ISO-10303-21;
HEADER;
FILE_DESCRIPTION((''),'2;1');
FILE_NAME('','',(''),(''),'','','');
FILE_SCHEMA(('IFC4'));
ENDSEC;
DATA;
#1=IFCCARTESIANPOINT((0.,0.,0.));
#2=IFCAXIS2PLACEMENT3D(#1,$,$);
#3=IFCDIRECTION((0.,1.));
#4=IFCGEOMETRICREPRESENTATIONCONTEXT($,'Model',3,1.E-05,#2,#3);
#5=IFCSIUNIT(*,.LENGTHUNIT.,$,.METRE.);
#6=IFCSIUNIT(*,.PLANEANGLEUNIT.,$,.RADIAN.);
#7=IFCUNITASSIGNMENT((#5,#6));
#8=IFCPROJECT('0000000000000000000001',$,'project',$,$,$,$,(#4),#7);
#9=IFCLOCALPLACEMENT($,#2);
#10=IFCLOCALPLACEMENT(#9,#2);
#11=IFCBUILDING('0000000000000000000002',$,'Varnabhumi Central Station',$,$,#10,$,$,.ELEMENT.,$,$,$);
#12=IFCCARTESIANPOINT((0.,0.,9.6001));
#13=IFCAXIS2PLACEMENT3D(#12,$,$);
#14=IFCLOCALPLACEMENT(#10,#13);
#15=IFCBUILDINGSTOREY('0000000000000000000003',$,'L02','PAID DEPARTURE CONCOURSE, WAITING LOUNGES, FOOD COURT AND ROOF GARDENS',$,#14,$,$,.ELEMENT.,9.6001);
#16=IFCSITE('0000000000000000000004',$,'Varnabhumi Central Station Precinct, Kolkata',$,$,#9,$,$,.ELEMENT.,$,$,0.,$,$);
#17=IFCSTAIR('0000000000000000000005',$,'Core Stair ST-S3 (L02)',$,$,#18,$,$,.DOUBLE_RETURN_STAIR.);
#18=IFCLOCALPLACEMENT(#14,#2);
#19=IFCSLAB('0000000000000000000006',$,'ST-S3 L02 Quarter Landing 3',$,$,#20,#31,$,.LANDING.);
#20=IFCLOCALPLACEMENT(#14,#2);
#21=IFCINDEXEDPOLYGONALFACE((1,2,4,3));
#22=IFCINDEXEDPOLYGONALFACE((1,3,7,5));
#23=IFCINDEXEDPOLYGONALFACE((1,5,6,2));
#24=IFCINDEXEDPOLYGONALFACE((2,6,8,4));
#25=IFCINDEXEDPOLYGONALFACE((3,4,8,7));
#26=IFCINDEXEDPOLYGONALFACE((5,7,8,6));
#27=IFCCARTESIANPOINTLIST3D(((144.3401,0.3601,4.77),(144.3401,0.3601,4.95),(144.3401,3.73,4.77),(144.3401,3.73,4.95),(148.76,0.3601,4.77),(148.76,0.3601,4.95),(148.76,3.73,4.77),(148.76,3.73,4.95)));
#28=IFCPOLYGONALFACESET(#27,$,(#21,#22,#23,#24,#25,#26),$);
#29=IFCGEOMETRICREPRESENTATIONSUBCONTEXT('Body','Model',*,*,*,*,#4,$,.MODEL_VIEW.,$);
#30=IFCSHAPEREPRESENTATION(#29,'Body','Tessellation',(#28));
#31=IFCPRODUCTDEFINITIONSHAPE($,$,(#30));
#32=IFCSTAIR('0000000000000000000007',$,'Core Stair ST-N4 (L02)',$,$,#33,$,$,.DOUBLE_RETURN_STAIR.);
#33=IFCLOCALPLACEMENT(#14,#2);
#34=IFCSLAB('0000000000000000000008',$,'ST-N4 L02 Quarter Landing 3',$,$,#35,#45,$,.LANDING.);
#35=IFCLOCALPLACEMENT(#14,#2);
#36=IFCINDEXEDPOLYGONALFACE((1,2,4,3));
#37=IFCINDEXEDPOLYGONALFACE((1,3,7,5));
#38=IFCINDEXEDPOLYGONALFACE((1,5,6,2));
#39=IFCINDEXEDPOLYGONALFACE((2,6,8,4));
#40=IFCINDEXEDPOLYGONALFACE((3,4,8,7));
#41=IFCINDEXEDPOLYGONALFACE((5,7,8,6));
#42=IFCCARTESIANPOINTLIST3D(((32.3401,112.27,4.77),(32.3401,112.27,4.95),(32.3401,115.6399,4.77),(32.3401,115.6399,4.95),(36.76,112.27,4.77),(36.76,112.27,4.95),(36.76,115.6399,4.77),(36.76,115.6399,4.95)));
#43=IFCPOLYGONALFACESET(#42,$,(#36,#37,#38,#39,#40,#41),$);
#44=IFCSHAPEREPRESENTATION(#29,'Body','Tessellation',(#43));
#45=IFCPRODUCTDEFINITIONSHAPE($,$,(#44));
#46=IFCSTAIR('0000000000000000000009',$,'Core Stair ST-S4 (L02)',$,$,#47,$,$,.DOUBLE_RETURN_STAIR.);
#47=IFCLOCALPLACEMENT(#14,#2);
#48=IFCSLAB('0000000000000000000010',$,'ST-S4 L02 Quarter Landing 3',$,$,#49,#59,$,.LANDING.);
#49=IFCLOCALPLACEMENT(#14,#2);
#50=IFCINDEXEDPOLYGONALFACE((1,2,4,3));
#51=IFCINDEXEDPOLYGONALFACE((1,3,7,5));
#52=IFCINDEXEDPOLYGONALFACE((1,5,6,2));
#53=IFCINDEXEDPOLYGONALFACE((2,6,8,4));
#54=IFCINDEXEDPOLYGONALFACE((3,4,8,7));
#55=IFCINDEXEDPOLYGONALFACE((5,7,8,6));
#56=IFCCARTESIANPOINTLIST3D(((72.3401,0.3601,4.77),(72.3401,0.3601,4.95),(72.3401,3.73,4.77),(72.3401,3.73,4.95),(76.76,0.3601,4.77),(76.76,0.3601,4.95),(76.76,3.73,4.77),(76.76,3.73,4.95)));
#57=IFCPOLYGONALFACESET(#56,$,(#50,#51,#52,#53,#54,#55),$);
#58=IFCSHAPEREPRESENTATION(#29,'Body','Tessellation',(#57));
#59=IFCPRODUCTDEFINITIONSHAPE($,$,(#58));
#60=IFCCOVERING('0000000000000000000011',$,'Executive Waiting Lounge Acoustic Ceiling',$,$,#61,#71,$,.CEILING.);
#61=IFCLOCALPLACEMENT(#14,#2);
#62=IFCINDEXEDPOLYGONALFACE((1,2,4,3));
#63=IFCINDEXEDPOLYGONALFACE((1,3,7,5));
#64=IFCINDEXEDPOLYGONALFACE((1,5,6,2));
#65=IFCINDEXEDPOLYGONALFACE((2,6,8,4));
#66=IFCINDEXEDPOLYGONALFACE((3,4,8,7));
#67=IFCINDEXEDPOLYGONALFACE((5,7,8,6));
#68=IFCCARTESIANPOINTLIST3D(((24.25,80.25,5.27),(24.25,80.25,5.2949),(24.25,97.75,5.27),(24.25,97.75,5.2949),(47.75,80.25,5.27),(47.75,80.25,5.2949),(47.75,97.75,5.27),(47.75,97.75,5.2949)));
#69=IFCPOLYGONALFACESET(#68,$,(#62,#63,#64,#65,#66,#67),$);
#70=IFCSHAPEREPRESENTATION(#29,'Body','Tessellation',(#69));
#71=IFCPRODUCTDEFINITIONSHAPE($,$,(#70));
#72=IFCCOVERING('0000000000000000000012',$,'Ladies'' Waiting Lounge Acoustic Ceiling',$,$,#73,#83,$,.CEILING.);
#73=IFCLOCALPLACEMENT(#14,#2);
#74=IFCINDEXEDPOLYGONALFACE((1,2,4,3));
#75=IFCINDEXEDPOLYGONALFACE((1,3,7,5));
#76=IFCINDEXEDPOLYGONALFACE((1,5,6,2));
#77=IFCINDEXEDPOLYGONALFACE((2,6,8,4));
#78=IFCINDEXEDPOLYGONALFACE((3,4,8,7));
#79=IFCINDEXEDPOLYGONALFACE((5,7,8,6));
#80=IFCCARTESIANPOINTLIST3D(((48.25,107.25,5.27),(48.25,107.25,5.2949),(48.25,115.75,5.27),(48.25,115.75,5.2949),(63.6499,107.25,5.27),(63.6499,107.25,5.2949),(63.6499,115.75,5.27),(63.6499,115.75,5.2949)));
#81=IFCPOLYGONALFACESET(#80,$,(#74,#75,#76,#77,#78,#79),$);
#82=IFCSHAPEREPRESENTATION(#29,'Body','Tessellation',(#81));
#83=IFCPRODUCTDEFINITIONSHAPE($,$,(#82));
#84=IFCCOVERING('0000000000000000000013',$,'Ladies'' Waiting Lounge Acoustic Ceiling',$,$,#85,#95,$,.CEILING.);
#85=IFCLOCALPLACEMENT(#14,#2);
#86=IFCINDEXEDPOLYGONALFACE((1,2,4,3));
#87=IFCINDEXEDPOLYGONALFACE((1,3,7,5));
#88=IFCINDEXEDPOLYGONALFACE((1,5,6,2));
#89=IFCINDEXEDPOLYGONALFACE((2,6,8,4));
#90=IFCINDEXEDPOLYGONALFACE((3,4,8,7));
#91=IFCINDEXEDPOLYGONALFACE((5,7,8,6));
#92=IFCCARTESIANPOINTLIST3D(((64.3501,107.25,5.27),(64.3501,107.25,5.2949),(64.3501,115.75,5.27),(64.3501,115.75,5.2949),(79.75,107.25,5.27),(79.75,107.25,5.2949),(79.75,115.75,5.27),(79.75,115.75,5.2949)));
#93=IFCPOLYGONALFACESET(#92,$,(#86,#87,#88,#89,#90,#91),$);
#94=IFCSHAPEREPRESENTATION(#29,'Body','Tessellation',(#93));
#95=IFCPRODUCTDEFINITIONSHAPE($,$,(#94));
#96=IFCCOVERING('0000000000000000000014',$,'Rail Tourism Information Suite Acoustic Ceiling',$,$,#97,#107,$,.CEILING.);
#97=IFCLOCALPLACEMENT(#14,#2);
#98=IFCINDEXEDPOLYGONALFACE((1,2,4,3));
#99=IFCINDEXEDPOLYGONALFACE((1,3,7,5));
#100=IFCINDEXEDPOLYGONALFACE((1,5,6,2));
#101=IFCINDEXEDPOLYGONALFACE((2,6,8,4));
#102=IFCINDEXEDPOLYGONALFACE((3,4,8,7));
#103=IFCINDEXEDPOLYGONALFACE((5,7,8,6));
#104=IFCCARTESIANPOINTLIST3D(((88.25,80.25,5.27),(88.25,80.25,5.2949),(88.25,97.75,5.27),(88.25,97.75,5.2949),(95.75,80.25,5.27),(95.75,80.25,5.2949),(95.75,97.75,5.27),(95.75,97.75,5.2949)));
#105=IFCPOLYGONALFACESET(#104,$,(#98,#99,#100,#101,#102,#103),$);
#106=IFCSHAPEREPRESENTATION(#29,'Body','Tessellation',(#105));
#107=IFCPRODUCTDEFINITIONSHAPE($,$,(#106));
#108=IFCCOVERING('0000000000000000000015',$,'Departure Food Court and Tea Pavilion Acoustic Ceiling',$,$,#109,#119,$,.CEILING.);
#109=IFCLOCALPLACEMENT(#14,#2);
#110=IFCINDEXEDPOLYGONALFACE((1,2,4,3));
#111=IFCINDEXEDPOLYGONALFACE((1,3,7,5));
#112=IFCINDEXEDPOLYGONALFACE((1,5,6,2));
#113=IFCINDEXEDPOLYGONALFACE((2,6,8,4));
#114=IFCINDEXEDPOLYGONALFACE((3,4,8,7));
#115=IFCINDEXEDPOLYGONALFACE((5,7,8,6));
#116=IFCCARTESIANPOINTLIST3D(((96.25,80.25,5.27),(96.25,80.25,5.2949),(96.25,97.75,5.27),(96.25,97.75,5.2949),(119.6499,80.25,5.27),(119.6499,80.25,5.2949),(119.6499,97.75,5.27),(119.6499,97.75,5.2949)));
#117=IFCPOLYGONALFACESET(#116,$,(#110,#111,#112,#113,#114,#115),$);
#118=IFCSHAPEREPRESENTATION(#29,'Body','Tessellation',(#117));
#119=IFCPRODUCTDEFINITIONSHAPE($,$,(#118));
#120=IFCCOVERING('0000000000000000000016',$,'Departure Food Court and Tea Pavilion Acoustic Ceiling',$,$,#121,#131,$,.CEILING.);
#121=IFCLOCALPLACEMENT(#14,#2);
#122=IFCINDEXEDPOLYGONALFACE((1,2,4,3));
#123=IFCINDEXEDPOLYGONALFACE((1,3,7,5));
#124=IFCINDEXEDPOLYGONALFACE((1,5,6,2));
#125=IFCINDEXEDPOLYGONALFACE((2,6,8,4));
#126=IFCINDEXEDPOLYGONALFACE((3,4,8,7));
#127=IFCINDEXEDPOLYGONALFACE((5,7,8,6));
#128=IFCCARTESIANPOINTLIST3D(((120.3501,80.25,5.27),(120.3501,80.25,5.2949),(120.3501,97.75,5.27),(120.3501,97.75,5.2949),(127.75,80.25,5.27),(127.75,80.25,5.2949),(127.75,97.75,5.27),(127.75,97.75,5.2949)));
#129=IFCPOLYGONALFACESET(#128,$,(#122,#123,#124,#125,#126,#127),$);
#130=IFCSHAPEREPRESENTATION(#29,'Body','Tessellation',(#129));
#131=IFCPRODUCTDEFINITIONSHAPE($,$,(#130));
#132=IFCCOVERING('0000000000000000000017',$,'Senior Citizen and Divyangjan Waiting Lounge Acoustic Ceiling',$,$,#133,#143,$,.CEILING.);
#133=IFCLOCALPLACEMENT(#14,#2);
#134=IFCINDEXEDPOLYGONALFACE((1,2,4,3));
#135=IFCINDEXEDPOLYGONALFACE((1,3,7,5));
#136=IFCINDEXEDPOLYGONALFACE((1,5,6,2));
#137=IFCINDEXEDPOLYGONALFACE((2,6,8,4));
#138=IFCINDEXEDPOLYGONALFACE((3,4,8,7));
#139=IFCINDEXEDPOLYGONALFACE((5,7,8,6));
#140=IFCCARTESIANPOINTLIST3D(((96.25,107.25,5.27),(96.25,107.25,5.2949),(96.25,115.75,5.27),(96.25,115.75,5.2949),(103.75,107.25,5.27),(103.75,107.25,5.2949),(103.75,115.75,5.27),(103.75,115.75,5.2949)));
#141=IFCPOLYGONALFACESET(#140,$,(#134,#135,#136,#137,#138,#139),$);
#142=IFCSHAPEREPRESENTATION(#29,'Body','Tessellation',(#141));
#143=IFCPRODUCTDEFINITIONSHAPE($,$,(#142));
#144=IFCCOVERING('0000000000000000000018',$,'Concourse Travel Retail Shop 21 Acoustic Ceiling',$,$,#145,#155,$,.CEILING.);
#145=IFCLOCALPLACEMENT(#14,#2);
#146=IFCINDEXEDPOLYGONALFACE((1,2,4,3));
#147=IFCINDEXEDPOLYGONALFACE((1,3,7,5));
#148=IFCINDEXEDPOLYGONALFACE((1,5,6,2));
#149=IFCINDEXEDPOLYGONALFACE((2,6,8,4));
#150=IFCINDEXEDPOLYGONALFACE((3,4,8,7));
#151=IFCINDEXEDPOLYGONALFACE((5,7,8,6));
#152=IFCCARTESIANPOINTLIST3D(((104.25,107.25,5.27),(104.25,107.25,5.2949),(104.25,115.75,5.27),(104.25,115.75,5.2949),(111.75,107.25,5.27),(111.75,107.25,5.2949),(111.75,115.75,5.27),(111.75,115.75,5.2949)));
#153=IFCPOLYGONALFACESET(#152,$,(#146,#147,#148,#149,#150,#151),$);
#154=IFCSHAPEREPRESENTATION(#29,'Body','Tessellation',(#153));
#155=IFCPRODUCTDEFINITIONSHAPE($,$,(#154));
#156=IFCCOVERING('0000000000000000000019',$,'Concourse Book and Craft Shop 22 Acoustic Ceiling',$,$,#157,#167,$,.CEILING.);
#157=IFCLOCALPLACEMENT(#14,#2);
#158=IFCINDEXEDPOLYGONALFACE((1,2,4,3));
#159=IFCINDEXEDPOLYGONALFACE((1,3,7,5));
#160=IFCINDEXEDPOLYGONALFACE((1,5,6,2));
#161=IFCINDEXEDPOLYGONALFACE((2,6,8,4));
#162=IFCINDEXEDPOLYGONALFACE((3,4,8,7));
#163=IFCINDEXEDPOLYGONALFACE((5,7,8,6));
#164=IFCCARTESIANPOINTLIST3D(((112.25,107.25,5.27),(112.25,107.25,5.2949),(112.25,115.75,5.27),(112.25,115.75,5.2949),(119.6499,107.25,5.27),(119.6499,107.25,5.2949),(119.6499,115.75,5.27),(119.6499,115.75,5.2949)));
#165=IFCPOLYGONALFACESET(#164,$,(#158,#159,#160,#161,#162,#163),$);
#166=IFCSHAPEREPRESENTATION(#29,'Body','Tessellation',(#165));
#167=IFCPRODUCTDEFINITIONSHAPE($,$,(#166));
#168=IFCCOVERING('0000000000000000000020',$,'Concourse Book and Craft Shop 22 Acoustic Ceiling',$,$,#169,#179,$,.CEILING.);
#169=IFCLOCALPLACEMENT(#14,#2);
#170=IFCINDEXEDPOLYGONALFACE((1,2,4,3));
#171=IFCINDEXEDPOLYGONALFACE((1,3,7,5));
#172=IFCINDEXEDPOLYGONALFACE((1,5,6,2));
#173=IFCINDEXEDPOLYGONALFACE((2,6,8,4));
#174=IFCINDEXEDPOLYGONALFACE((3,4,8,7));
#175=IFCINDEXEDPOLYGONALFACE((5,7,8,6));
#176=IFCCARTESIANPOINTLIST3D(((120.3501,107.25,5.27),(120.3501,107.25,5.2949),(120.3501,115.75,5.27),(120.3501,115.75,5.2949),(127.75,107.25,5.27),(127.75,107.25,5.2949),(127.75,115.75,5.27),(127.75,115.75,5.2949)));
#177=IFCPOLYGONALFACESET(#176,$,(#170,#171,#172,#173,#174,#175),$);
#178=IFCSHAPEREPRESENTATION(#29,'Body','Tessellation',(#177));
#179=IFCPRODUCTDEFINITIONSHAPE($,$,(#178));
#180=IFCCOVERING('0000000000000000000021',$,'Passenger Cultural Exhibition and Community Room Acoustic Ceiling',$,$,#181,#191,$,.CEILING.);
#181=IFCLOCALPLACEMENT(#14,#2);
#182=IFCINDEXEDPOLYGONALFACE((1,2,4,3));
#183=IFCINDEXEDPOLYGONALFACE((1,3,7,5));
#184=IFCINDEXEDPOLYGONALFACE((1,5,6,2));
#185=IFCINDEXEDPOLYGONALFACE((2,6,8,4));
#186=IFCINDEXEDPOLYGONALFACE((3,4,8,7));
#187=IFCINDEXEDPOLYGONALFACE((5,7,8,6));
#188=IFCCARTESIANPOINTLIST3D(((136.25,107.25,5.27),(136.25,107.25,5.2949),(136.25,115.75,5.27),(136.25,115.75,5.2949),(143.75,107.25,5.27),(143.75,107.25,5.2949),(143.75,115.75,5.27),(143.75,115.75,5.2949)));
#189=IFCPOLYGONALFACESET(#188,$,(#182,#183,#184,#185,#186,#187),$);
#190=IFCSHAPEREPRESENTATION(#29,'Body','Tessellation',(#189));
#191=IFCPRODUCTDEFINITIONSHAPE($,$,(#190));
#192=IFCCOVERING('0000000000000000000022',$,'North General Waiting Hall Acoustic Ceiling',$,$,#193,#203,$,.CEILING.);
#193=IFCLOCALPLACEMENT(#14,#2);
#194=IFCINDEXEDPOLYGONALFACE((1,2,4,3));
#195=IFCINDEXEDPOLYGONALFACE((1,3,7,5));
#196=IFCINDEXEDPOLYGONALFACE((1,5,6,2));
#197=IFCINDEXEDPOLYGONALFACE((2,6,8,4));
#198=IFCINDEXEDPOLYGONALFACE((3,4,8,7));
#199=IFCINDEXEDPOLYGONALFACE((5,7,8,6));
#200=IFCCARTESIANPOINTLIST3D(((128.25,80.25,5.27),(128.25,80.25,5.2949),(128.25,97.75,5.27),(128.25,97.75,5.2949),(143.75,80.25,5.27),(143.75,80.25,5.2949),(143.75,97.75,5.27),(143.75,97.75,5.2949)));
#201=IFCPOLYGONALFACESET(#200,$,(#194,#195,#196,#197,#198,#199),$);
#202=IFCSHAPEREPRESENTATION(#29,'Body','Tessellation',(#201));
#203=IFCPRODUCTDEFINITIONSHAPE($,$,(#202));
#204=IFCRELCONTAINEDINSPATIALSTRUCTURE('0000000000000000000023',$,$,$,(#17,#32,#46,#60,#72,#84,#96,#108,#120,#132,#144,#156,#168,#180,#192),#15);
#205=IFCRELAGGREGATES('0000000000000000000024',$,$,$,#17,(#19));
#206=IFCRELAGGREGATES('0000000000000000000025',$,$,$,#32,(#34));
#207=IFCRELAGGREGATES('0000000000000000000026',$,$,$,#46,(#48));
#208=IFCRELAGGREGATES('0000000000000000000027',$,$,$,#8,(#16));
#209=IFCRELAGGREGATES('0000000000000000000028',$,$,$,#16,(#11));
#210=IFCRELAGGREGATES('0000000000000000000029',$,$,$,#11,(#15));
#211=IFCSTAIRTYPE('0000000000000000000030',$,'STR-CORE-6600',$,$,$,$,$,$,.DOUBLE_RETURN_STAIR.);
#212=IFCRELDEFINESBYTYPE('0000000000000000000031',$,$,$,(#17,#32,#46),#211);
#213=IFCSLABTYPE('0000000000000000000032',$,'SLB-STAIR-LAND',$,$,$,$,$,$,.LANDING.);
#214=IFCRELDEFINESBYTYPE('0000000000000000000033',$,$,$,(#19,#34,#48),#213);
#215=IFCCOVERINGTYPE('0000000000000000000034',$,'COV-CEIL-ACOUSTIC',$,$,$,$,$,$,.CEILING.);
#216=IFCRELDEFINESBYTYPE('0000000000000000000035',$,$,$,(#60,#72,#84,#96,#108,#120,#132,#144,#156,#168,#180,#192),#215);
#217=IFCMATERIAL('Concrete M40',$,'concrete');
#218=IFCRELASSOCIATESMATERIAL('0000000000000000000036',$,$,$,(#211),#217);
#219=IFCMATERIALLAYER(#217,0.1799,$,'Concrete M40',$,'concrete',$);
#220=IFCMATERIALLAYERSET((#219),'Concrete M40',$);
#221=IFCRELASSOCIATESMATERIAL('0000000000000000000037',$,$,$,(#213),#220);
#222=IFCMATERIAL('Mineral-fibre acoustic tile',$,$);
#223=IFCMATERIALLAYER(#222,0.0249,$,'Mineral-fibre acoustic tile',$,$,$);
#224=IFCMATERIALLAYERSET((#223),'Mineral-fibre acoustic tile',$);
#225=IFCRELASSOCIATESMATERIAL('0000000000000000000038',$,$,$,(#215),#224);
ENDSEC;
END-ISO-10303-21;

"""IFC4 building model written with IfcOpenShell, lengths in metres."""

from ifc_helpers import new_model, si_unit, direction, frame, origin, place, context, subcontext, project, spatial, polyline, outline, extrude, material, layer, layer_set, type_object, element, aggregate, save


model = new_model("IFC4")

# Units and contexts
model_context = context("Model", 3, precision=1e-05, world=origin(), true_north=direction((0.0, 1.0)))
body_context = subcontext(model_context, "Body", "Model", "MODEL_VIEW")
ifc_project = project(units=[si_unit("LENGTHUNIT", "METRE"), si_unit("PLANEANGLEUNIT", "RADIAN")], contexts=[model_context])

# Site, building, storey
site_placement = place(None, origin())
site = spatial("IfcSite", under=ifc_project, at=site_placement, Name="Varnabhumi Central Station Precinct, Kolkata", CompositionType="ELEMENT", RefElevation=0.0)
building_placement = place(site_placement, origin())
building = spatial("IfcBuilding", under=site, at=building_placement, Name="Varnabhumi Central Station", CompositionType="ELEMENT")
storey_placement = place(building_placement, frame((0.0, 0.0, 9.6001)))
storey = spatial("IfcBuildingStorey", under=building, at=storey_placement, Name="L02", Description="PAID DEPARTURE CONCOURSE, WAITING LOUNGES, FOOD COURT AND ROOF GARDENS", CompositionType="ELEMENT", Elevation=9.6001)

# Stairs, slabs
ifc_material_1 = material(Name="Concrete M40", Category="concrete")
stair_type = type_object("IfcStairType", Name="STR-CORE-6600", PredefinedType="DOUBLE_RETURN_STAIR", material=ifc_material_1)
stair_1_placement = place(storey_placement, origin())
stair_1 = element("IfcStair", 1, at=stair_1_placement, inside=storey, type_object=stair_type, Name="Core Stair ST-S3 (L02)", PredefinedType="DOUBLE_RETURN_STAIR")
ifc_layer_1 = layer(ifc_material_1, 0.1799, Name="Concrete M40", Category="concrete")
ifc_layer_set_1 = layer_set([ifc_layer_1], Name="Concrete M40")
slab_type = type_object("IfcSlabType", Name="SLB-STAIR-LAND", PredefinedType="LANDING", material=ifc_layer_set_1)
slab_1_placement = place(storey_placement, frame((0.0, 0.0, 4.77)))
slab_1 = element("IfcSlab", 2, at=slab_1_placement, type_object=slab_type, Name="ST-S3 L02 Quarter Landing 3", PredefinedType="LANDING", context=body_context, shape_type="SweptSolid", body=[
    extrude(outline(polyline([(144.3401, 0.3601), (148.76, 0.3601), (148.76, 3.73), (144.3401, 3.73), (144.3401, 0.3601)])), origin(), (0.0, 0.0, 1.0), 0.1799),
])
aggregate(stair_1, [slab_1])
stair_2_placement = place(storey_placement, origin())
stair_2 = element("IfcStair", 3, at=stair_2_placement, inside=storey, type_object=stair_type, Name="Core Stair ST-N4 (L02)", PredefinedType="DOUBLE_RETURN_STAIR")
slab_2_placement = place(storey_placement, frame((0.0, 0.0, 4.77)))
slab_2 = element("IfcSlab", 4, at=slab_2_placement, type_object=slab_type, Name="ST-N4 L02 Quarter Landing 3", PredefinedType="LANDING", context=body_context, shape_type="SweptSolid", body=[
    extrude(outline(polyline([(32.3401, 112.27), (36.76, 112.27), (36.76, 115.6399), (32.3401, 115.6399), (32.3401, 112.27)])), origin(), (0.0, 0.0, 1.0), 0.1799),
])
aggregate(stair_2, [slab_2])
stair_3_placement = place(storey_placement, origin())
stair_3 = element("IfcStair", 5, at=stair_3_placement, inside=storey, type_object=stair_type, Name="Core Stair ST-S4 (L02)", PredefinedType="DOUBLE_RETURN_STAIR")
slab_3_placement = place(storey_placement, frame((0.0, 0.0, 4.77)))
slab_3 = element("IfcSlab", 6, at=slab_3_placement, type_object=slab_type, Name="ST-S4 L02 Quarter Landing 3", PredefinedType="LANDING", context=body_context, shape_type="SweptSolid", body=[
    extrude(outline(polyline([(72.3401, 0.3601), (76.76, 0.3601), (76.76, 3.73), (72.3401, 3.73), (72.3401, 0.3601)])), origin(), (0.0, 0.0, 1.0), 0.1799),
])
aggregate(stair_3, [slab_3])

# Coverings
ifc_material_2 = material(Name="Mineral-fibre acoustic tile")
ifc_layer_2 = layer(ifc_material_2, 0.0249, Name="Mineral-fibre acoustic tile")
ifc_layer_set_2 = layer_set([ifc_layer_2], Name="Mineral-fibre acoustic tile")
covering_type = type_object("IfcCoveringType", Name="COV-CEIL-ACOUSTIC", PredefinedType="CEILING", material=ifc_layer_set_2)
covering_1_placement = place(storey_placement, frame((0.0, 0.0, 5.27)))
element("IfcCovering", 7, at=covering_1_placement, inside=storey, type_object=covering_type, Name="Executive Waiting Lounge Acoustic Ceiling", PredefinedType="CEILING", context=body_context, shape_type="SweptSolid", body=[
    extrude(outline(polyline([(24.25, 80.25), (47.75, 80.25), (47.75, 97.75), (24.25, 97.75), (24.25, 80.25)])), origin(), (0.0, 0.0, 1.0), 0.0249),
])
covering_2_placement = place(storey_placement, frame((0.0, 0.0, 5.27)))
element("IfcCovering", 8, at=covering_2_placement, inside=storey, type_object=covering_type, Name="Ladies' Waiting Lounge Acoustic Ceiling", PredefinedType="CEILING", context=body_context, shape_type="SweptSolid", body=[
    extrude(outline(polyline([(48.25, 107.25), (63.6499, 107.25), (63.6499, 115.75), (48.25, 115.75), (48.25, 107.25)])), origin(), (0.0, 0.0, 1.0), 0.0249),
])
covering_3_placement = place(storey_placement, frame((0.0, 0.0, 5.27)))
element("IfcCovering", 9, at=covering_3_placement, inside=storey, type_object=covering_type, Name="Ladies' Waiting Lounge Acoustic Ceiling", PredefinedType="CEILING", context=body_context, shape_type="SweptSolid", body=[
    extrude(outline(polyline([(64.3501, 107.25), (79.75, 107.25), (79.75, 115.75), (64.3501, 115.75), (64.3501, 107.25)])), origin(), (0.0, 0.0, 1.0), 0.0249),
])
covering_4_placement = place(storey_placement, frame((0.0, 0.0, 5.27)))
element("IfcCovering", 10, at=covering_4_placement, inside=storey, type_object=covering_type, Name="Rail Tourism Information Suite Acoustic Ceiling", PredefinedType="CEILING", context=body_context, shape_type="SweptSolid", body=[
    extrude(outline(polyline([(88.25, 80.25), (95.75, 80.25), (95.75, 97.75), (88.25, 97.75), (88.25, 80.25)])), origin(), (0.0, 0.0, 1.0), 0.0249),
])
covering_5_placement = place(storey_placement, frame((0.0, 0.0, 5.27)))
element("IfcCovering", 11, at=covering_5_placement, inside=storey, type_object=covering_type, Name="Departure Food Court and Tea Pavilion Acoustic Ceiling", PredefinedType="CEILING", context=body_context, shape_type="SweptSolid", body=[
    extrude(outline(polyline([(96.25, 80.25), (119.6499, 80.25), (119.6499, 97.75), (96.25, 97.75), (96.25, 80.25)])), origin(), (0.0, 0.0, 1.0), 0.0249),
])
covering_6_placement = place(storey_placement, frame((0.0, 0.0, 5.27)))
element("IfcCovering", 12, at=covering_6_placement, inside=storey, type_object=covering_type, Name="Departure Food Court and Tea Pavilion Acoustic Ceiling", PredefinedType="CEILING", context=body_context, shape_type="SweptSolid", body=[
    extrude(outline(polyline([(120.3501, 80.25), (127.75, 80.25), (127.75, 97.75), (120.3501, 97.75), (120.3501, 80.25)])), origin(), (0.0, 0.0, 1.0), 0.0249),
])
covering_7_placement = place(storey_placement, frame((0.0, 0.0, 5.27)))
element("IfcCovering", 13, at=covering_7_placement, inside=storey, type_object=covering_type, Name="Senior Citizen and Divyangjan Waiting Lounge Acoustic Ceiling", PredefinedType="CEILING", context=body_context, shape_type="SweptSolid", body=[
    extrude(outline(polyline([(96.25, 107.25), (103.75, 107.25), (103.75, 115.75), (96.25, 115.75), (96.25, 107.25)])), origin(), (0.0, 0.0, 1.0), 0.0249),
])
covering_8_placement = place(storey_placement, frame((0.0, 0.0, 5.27)))
element("IfcCovering", 14, at=covering_8_placement, inside=storey, type_object=covering_type, Name="Concourse Travel Retail Shop 21 Acoustic Ceiling", PredefinedType="CEILING", context=body_context, shape_type="SweptSolid", body=[
    extrude(outline(polyline([(104.25, 107.25), (111.75, 107.25), (111.75, 115.75), (104.25, 115.75), (104.25, 107.25)])), origin(), (0.0, 0.0, 1.0), 0.0249),
])
covering_9_placement = place(storey_placement, frame((0.0, 0.0, 5.27)))
element("IfcCovering", 15, at=covering_9_placement, inside=storey, type_object=covering_type, Name="Concourse Book and Craft Shop 22 Acoustic Ceiling", PredefinedType="CEILING", context=body_context, shape_type="SweptSolid", body=[
    extrude(outline(polyline([(112.25, 107.25), (119.6499, 107.25), (119.6499, 115.75), (112.25, 115.75), (112.25, 107.25)])), origin(), (0.0, 0.0, 1.0), 0.0249),
])
covering_10_placement = place(storey_placement, frame((0.0, 0.0, 5.27)))
element("IfcCovering", 16, at=covering_10_placement, inside=storey, type_object=covering_type, Name="Concourse Book and Craft Shop 22 Acoustic Ceiling", PredefinedType="CEILING", context=body_context, shape_type="SweptSolid", body=[
    extrude(outline(polyline([(120.3501, 107.25), (127.75, 107.25), (127.75, 115.75), (120.3501, 115.75), (120.3501, 107.25)])), origin(), (0.0, 0.0, 1.0), 0.0249),
])
covering_11_placement = place(storey_placement, frame((0.0, 0.0, 5.27)))
element("IfcCovering", 17, at=covering_11_placement, inside=storey, type_object=covering_type, Name="Passenger Cultural Exhibition and Community Room Acoustic Ceiling", PredefinedType="CEILING", context=body_context, shape_type="SweptSolid", body=[
    extrude(outline(polyline([(136.25, 107.25), (143.75, 107.25), (143.75, 115.75), (136.25, 115.75), (136.25, 107.25)])), origin(), (0.0, 0.0, 1.0), 0.0249),
])
covering_12_placement = place(storey_placement, frame((0.0, 0.0, 5.27)))
element("IfcCovering", 18, at=covering_12_placement, inside=storey, type_object=covering_type, Name="North General Waiting Hall Acoustic Ceiling", PredefinedType="CEILING", context=body_context, shape_type="SweptSolid", body=[
    extrude(outline(polyline([(128.25, 80.25), (143.75, 80.25), (143.75, 97.75), (128.25, 97.75), (128.25, 80.25)])), origin(), (0.0, 0.0, 1.0), 0.0249),
])

save(model, "model.ifc")
